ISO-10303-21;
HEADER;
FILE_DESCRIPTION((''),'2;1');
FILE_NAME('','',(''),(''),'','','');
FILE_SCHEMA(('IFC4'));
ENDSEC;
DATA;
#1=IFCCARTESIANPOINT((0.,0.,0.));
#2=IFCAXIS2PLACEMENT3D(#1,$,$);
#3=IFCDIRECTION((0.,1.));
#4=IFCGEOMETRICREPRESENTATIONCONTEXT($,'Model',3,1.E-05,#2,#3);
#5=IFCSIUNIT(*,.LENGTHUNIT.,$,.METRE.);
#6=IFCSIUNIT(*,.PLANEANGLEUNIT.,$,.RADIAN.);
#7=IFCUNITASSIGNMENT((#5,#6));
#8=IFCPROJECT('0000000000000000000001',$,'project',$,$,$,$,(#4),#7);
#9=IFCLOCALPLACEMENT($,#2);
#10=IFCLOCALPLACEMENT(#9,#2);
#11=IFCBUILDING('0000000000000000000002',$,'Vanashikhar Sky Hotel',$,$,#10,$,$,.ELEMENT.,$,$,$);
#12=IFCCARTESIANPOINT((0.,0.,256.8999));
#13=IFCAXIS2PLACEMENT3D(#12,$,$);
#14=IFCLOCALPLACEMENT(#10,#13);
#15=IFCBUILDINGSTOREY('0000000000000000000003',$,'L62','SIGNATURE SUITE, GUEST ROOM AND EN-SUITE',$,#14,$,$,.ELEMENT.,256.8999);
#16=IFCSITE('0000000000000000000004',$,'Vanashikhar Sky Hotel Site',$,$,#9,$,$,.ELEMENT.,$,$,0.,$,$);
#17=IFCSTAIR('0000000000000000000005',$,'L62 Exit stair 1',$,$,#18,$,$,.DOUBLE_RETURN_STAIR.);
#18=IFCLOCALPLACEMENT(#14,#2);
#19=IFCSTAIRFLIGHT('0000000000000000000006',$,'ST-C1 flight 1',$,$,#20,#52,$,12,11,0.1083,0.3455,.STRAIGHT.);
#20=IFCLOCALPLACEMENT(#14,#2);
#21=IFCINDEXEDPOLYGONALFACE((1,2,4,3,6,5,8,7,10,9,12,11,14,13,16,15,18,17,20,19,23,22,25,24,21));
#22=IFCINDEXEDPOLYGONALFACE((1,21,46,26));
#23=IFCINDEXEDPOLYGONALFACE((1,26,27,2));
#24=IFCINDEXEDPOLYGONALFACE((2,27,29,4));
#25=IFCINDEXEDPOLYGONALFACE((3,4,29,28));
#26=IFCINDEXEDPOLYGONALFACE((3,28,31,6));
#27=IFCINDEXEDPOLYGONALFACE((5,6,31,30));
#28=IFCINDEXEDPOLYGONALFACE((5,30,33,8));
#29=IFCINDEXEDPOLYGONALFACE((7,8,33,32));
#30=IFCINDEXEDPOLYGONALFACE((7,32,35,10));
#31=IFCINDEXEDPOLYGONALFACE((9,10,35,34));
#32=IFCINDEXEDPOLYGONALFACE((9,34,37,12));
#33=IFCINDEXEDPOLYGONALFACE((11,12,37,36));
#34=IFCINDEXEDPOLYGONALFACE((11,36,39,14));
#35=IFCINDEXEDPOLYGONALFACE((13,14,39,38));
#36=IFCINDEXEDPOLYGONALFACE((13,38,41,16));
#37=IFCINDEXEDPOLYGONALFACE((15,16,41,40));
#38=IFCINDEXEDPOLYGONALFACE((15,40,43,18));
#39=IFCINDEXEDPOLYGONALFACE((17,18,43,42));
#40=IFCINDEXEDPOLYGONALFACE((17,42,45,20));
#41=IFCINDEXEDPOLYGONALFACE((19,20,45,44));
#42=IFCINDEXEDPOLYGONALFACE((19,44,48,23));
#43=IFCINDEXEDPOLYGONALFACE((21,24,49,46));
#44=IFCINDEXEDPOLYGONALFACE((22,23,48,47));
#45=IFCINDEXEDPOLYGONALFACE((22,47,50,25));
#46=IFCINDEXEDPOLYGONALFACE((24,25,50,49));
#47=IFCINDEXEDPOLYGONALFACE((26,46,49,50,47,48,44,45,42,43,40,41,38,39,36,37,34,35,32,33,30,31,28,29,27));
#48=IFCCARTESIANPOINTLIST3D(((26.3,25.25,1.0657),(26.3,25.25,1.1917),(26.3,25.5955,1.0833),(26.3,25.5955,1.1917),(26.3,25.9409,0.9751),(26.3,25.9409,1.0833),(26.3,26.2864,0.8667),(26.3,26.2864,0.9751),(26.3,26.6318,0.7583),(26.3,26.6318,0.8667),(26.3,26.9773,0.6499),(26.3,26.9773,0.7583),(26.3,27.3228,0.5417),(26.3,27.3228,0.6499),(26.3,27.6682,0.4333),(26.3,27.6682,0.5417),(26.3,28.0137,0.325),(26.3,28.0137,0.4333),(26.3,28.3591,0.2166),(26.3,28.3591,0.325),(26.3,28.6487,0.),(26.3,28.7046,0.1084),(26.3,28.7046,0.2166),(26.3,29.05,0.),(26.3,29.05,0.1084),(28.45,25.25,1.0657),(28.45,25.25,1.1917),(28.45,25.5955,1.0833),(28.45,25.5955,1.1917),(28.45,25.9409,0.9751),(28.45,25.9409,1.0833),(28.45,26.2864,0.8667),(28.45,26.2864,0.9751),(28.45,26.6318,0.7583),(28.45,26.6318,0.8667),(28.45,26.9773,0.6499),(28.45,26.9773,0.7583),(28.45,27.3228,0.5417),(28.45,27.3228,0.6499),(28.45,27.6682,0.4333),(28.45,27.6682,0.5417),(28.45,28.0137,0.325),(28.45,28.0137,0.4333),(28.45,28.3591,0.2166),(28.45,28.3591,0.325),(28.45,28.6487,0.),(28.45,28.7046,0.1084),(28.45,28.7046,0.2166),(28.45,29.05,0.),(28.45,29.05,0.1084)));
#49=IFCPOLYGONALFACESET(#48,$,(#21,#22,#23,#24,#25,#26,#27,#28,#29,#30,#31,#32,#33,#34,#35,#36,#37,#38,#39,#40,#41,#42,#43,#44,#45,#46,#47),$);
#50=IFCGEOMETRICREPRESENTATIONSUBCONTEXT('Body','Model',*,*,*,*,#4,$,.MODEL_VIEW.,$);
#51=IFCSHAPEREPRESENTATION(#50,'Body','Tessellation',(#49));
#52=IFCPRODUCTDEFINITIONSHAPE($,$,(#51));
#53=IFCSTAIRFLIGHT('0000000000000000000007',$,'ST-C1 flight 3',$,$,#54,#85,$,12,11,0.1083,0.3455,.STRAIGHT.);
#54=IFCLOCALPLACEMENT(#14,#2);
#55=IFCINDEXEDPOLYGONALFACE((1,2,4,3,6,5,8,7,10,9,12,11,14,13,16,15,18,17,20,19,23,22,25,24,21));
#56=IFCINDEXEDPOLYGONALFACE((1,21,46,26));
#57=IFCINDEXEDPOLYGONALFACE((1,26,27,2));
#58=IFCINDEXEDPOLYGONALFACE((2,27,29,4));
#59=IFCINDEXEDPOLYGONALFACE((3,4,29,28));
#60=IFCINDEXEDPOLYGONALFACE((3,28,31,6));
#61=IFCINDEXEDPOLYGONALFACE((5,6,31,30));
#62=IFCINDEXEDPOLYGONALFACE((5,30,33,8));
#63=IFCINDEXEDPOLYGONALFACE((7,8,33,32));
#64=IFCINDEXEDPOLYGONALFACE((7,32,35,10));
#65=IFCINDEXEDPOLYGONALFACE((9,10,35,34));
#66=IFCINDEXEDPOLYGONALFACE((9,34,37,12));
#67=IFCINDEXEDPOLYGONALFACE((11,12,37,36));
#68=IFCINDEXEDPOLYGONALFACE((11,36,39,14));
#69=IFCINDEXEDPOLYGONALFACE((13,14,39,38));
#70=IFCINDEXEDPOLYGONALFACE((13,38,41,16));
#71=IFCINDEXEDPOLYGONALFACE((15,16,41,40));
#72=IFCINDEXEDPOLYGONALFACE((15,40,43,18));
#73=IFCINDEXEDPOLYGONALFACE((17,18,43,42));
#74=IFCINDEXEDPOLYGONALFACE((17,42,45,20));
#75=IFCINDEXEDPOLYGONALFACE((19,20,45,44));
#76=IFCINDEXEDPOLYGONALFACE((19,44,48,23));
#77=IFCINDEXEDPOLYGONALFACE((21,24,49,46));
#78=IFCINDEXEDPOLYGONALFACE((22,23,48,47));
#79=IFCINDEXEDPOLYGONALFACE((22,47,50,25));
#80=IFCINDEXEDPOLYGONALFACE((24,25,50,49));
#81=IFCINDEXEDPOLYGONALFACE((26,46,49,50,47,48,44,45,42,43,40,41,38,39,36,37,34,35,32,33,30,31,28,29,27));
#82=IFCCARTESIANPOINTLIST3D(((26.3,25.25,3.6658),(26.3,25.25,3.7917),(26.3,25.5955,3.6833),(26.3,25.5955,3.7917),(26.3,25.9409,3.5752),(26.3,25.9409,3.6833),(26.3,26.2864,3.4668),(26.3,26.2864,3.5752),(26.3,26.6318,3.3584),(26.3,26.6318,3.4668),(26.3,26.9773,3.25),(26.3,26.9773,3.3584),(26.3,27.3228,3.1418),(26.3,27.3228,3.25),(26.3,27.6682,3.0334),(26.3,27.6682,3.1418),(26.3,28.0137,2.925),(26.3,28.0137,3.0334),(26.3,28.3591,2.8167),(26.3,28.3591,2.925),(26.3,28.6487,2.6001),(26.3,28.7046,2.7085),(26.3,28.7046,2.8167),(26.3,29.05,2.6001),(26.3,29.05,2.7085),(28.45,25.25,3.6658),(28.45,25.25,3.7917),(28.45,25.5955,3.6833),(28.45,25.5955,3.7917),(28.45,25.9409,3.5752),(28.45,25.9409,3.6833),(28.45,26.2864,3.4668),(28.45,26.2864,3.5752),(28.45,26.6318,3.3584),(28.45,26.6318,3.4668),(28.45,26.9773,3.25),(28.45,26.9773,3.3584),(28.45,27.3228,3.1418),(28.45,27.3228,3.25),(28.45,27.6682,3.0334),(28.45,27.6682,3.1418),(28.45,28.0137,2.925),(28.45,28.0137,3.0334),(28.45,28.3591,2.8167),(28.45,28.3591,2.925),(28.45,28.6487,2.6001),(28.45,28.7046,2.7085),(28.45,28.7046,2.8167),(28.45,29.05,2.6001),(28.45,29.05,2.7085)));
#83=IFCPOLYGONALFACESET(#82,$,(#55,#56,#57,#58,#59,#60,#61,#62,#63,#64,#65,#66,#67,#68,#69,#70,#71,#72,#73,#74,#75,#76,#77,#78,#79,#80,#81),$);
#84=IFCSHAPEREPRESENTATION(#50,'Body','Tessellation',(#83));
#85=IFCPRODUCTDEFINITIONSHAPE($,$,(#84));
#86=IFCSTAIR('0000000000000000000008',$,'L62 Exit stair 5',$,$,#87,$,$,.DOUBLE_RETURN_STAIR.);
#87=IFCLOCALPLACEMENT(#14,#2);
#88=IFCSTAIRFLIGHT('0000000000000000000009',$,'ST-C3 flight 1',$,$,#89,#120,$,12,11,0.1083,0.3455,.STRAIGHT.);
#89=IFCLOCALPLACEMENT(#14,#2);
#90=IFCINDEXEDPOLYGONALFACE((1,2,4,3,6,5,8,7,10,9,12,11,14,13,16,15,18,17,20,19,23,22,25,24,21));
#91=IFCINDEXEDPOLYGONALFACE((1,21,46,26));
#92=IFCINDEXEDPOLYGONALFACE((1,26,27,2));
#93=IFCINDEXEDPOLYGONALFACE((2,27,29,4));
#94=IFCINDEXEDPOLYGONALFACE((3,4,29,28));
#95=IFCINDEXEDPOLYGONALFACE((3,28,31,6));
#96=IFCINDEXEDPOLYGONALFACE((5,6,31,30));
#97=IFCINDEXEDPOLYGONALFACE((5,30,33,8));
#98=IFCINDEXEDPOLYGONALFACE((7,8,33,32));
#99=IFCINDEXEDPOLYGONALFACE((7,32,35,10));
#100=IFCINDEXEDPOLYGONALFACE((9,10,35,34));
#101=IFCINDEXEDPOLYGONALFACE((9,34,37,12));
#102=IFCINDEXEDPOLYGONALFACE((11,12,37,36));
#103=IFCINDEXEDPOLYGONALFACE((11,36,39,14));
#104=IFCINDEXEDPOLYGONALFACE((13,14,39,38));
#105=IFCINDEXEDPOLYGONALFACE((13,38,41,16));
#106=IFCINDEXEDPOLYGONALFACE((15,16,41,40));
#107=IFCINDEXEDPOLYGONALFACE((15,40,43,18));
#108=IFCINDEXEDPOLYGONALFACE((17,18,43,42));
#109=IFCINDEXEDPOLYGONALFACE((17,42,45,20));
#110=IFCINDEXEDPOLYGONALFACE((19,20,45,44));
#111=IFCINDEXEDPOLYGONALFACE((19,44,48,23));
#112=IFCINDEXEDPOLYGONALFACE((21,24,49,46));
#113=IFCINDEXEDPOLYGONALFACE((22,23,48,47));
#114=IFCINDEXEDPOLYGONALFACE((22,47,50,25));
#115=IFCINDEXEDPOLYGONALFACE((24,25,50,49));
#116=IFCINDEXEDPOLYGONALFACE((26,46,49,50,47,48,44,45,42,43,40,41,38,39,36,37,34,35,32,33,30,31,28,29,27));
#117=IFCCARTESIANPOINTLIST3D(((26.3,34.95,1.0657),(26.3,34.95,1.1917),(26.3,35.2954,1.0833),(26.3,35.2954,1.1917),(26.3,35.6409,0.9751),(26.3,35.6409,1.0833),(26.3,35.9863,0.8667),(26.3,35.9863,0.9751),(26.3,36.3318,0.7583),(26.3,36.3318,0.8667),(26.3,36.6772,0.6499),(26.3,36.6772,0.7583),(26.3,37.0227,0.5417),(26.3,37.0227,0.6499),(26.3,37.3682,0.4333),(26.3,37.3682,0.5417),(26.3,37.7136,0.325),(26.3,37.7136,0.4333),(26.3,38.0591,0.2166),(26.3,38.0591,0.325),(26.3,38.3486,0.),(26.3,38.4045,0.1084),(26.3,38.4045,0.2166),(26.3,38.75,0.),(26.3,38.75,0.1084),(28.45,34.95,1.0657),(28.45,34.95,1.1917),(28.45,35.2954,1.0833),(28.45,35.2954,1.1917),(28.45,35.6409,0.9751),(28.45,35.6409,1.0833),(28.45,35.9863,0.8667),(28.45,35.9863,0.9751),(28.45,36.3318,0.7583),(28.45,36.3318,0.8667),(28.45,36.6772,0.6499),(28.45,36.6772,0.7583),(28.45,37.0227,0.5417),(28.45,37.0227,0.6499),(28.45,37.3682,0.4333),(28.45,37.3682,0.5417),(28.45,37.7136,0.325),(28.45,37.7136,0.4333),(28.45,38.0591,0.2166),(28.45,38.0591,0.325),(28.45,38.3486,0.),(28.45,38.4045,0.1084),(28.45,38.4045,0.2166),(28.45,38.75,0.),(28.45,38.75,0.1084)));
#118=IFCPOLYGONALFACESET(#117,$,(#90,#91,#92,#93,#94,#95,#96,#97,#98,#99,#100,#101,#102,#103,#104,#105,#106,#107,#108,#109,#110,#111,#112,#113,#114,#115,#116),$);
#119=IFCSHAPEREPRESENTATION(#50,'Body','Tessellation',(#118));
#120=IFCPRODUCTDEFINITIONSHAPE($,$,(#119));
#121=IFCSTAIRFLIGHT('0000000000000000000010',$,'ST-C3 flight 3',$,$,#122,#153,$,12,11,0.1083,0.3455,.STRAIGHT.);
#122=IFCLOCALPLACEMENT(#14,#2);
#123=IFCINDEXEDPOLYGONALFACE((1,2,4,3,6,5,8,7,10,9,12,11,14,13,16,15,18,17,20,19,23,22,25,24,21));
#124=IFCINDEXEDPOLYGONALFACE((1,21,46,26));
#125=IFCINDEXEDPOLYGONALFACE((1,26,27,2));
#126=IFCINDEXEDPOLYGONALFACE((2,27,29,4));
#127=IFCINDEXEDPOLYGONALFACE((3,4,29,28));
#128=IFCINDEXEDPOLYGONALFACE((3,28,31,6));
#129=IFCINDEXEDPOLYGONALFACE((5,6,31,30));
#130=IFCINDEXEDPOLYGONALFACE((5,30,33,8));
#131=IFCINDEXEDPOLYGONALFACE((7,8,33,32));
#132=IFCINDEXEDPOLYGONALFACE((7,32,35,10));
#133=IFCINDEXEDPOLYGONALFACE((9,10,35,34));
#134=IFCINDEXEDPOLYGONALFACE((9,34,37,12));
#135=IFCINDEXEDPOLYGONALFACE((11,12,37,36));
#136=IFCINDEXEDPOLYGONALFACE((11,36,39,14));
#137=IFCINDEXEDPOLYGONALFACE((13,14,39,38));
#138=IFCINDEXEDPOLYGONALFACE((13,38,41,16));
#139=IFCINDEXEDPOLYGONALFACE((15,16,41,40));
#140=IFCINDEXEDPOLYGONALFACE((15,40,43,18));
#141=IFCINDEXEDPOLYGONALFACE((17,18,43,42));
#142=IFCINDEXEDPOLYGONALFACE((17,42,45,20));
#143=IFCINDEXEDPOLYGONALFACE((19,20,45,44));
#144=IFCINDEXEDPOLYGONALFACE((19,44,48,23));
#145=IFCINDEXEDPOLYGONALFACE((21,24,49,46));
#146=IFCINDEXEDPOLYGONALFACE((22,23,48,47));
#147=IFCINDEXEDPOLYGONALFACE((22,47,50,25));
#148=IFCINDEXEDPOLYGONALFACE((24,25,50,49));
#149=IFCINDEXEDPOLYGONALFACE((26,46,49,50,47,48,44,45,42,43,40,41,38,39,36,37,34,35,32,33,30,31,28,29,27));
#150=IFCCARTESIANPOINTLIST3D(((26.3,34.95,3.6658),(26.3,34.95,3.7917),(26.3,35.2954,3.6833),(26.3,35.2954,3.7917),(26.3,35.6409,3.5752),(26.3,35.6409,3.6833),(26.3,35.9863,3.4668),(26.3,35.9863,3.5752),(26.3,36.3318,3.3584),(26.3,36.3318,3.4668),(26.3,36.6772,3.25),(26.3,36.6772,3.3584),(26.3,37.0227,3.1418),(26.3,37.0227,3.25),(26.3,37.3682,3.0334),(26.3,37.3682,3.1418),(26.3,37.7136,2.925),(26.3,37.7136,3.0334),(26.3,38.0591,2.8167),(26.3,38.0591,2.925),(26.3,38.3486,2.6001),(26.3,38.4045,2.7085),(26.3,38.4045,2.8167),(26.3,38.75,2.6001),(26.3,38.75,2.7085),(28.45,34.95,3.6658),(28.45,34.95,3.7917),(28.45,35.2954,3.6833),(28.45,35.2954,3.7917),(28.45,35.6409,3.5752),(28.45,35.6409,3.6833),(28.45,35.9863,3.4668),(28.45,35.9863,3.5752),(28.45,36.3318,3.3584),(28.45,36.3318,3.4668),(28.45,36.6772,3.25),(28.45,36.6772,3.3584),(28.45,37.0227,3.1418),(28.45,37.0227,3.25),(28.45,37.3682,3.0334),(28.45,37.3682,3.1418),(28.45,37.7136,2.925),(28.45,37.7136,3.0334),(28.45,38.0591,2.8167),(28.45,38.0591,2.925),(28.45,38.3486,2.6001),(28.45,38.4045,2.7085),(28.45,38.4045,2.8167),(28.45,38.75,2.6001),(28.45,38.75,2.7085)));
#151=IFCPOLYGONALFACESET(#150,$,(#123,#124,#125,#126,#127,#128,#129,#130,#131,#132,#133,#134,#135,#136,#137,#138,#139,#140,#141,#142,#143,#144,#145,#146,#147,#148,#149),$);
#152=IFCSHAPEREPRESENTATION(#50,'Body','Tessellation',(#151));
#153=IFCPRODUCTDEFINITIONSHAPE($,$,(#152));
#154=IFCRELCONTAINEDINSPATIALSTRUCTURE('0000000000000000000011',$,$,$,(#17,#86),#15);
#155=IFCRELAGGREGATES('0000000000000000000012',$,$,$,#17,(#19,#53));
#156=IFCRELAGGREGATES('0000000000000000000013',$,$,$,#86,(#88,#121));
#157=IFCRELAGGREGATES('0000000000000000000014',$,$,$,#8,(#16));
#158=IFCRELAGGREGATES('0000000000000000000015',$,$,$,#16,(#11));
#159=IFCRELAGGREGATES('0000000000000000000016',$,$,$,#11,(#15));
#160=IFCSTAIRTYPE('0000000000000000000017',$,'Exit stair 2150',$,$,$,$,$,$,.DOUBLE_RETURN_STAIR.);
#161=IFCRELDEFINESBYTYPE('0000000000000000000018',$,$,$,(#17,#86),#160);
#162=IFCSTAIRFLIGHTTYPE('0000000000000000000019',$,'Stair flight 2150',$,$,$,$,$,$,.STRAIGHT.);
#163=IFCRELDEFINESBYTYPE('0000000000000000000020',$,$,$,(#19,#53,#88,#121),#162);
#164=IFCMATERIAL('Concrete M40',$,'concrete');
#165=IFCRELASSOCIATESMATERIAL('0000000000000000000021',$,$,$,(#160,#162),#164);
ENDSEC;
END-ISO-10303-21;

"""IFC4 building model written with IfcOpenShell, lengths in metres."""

from ifc_helpers import new_model, si_unit, direction, frame, origin, place, context, subcontext, project, spatial, polyline, outline, extrude, source, transform, mapped, material, type_object, element, aggregate, save


model = new_model("IFC4")

# Units and contexts
model_context = context("Model", 3, precision=1e-05, world=origin(), true_north=direction((0.0, 1.0)))
body_context = subcontext(model_context, "Body", "Model", "MODEL_VIEW")
ifc_project = project(units=[si_unit("LENGTHUNIT", "METRE"), si_unit("PLANEANGLEUNIT", "RADIAN")], contexts=[model_context])

# Site, building, storey
site_placement = place(None, origin())
site = spatial("IfcSite", under=ifc_project, at=site_placement, Name="Vanashikhar Sky Hotel Site", CompositionType="ELEMENT", RefElevation=0.0)
building_placement = place(site_placement, origin())
building = spatial("IfcBuilding", under=site, at=building_placement, Name="Vanashikhar Sky Hotel", CompositionType="ELEMENT")
storey_placement = place(building_placement, frame((0.0, 0.0, 256.8999)))
storey = spatial("IfcBuildingStorey", under=building, at=storey_placement, Name="L62", Description="SIGNATURE SUITE, GUEST ROOM AND EN-SUITE", CompositionType="ELEMENT", Elevation=256.8999)

# Stairs, stair flights
ifc_material_1 = material(Name="Concrete M40", Category="concrete")
stair_type = type_object("IfcStairType", Name="Exit stair 2150", PredefinedType="DOUBLE_RETURN_STAIR", material=ifc_material_1)
stair_1_placement = place(storey_placement, origin())
stair_1 = element("IfcStair", 1, at=stair_1_placement, inside=storey, type_object=stair_type, Name="L62 Exit stair 1", PredefinedType="DOUBLE_RETURN_STAIR")
stair_flight_type = type_object("IfcStairFlightType", Name="Stair flight 2150", PredefinedType="STRAIGHT", material=ifc_material_1)
shared_shape_1 = source(origin(), body_context, "Body", "SweptSolid", [
    extrude(outline(polyline([(0.0, 0.0), (0.0, 0.1084), (0.3455, 0.1084), (0.3455, 0.2166), (0.6909, 0.2166), (0.6909, 0.325), (1.0364, 0.325), (1.0364, 0.4333), (1.3818, 0.4333), (1.3818, 0.5417), (1.7273, 0.5417), (1.7273, 0.6499), (2.0728, 0.6499), (2.0728, 0.7583), (2.4182, 0.7583), (2.4182, 0.8667), (2.7637, 0.8667), (2.7637, 0.9751), (3.1091, 0.9751), (3.1091, 1.0833), (3.4546, 1.0833), (3.4546, 1.1917), (3.8, 1.1917), (3.8, 1.3), (3.8, 1.0657), (0.4014, 0.0), (0.0, 0.0)])), frame((0.0, 1.075, 0.0), z_axis=(0.0, -1.0, 0.0), x_axis=(1.0, 0.0, 0.0)), (0.0, 0.0, 1.0), 2.1499),
])
stair_flight_1_placement = place(storey_placement, frame((27.375, 29.05, 0.0), z_axis=(0.0, 0.0, 1.0), x_axis=(0.0, -1.0, 0.0)))
stair_flight_1 = element("IfcStairFlight", 2, at=stair_flight_1_placement, type_object=stair_flight_type, Name="ST-C1 flight 1", NumberOfRisers=12, NumberOfTreads=11, PredefinedType="STRAIGHT", RiserHeight=0.1083, TreadLength=0.3455, context=body_context, shape_type="MappedRepresentation", body=[
    mapped(shared_shape_1, transform((0.0, 0.0, 0.0), scale=1.0)),
])
stair_flight_2_placement = place(storey_placement, frame((27.375, 29.05, 2.6001), z_axis=(0.0, 0.0, 1.0), x_axis=(0.0, -1.0, 0.0)))
stair_flight_2 = element("IfcStairFlight", 3, at=stair_flight_2_placement, type_object=stair_flight_type, Name="ST-C1 flight 3", NumberOfRisers=12, NumberOfTreads=11, PredefinedType="STRAIGHT", RiserHeight=0.1083, TreadLength=0.3455, context=body_context, shape_type="MappedRepresentation", body=[
    mapped(shared_shape_1, transform((0.0, 0.0, 0.0), scale=1.0)),
])
aggregate(stair_1, [stair_flight_1, stair_flight_2])
stair_2_placement = place(storey_placement, origin())
stair_2 = element("IfcStair", 4, at=stair_2_placement, inside=storey, type_object=stair_type, Name="L62 Exit stair 5", PredefinedType="DOUBLE_RETURN_STAIR")
stair_flight_3_placement = place(storey_placement, frame((27.375, 38.75, 0.0), z_axis=(0.0, 0.0, 1.0), x_axis=(0.0, -1.0, 0.0)))
stair_flight_3 = element("IfcStairFlight", 5, at=stair_flight_3_placement, type_object=stair_flight_type, Name="ST-C3 flight 1", NumberOfRisers=12, NumberOfTreads=11, PredefinedType="STRAIGHT", RiserHeight=0.1083, TreadLength=0.3455, context=body_context, shape_type="MappedRepresentation", body=[
    mapped(shared_shape_1, transform((0.0, 0.0, 0.0), scale=1.0)),
])
stair_flight_4_placement = place(storey_placement, frame((27.375, 38.75, 2.6001), z_axis=(0.0, 0.0, 1.0), x_axis=(0.0, -1.0, 0.0)))
stair_flight_4 = element("IfcStairFlight", 6, at=stair_flight_4_placement, type_object=stair_flight_type, Name="ST-C3 flight 3", NumberOfRisers=12, NumberOfTreads=11, PredefinedType="STRAIGHT", RiserHeight=0.1083, TreadLength=0.3455, context=body_context, shape_type="MappedRepresentation", body=[
    mapped(shared_shape_1, transform((0.0, 0.0, 0.0), scale=1.0)),
])
aggregate(stair_2, [stair_flight_3, stair_flight_4])

save(model, "model.ifc")
